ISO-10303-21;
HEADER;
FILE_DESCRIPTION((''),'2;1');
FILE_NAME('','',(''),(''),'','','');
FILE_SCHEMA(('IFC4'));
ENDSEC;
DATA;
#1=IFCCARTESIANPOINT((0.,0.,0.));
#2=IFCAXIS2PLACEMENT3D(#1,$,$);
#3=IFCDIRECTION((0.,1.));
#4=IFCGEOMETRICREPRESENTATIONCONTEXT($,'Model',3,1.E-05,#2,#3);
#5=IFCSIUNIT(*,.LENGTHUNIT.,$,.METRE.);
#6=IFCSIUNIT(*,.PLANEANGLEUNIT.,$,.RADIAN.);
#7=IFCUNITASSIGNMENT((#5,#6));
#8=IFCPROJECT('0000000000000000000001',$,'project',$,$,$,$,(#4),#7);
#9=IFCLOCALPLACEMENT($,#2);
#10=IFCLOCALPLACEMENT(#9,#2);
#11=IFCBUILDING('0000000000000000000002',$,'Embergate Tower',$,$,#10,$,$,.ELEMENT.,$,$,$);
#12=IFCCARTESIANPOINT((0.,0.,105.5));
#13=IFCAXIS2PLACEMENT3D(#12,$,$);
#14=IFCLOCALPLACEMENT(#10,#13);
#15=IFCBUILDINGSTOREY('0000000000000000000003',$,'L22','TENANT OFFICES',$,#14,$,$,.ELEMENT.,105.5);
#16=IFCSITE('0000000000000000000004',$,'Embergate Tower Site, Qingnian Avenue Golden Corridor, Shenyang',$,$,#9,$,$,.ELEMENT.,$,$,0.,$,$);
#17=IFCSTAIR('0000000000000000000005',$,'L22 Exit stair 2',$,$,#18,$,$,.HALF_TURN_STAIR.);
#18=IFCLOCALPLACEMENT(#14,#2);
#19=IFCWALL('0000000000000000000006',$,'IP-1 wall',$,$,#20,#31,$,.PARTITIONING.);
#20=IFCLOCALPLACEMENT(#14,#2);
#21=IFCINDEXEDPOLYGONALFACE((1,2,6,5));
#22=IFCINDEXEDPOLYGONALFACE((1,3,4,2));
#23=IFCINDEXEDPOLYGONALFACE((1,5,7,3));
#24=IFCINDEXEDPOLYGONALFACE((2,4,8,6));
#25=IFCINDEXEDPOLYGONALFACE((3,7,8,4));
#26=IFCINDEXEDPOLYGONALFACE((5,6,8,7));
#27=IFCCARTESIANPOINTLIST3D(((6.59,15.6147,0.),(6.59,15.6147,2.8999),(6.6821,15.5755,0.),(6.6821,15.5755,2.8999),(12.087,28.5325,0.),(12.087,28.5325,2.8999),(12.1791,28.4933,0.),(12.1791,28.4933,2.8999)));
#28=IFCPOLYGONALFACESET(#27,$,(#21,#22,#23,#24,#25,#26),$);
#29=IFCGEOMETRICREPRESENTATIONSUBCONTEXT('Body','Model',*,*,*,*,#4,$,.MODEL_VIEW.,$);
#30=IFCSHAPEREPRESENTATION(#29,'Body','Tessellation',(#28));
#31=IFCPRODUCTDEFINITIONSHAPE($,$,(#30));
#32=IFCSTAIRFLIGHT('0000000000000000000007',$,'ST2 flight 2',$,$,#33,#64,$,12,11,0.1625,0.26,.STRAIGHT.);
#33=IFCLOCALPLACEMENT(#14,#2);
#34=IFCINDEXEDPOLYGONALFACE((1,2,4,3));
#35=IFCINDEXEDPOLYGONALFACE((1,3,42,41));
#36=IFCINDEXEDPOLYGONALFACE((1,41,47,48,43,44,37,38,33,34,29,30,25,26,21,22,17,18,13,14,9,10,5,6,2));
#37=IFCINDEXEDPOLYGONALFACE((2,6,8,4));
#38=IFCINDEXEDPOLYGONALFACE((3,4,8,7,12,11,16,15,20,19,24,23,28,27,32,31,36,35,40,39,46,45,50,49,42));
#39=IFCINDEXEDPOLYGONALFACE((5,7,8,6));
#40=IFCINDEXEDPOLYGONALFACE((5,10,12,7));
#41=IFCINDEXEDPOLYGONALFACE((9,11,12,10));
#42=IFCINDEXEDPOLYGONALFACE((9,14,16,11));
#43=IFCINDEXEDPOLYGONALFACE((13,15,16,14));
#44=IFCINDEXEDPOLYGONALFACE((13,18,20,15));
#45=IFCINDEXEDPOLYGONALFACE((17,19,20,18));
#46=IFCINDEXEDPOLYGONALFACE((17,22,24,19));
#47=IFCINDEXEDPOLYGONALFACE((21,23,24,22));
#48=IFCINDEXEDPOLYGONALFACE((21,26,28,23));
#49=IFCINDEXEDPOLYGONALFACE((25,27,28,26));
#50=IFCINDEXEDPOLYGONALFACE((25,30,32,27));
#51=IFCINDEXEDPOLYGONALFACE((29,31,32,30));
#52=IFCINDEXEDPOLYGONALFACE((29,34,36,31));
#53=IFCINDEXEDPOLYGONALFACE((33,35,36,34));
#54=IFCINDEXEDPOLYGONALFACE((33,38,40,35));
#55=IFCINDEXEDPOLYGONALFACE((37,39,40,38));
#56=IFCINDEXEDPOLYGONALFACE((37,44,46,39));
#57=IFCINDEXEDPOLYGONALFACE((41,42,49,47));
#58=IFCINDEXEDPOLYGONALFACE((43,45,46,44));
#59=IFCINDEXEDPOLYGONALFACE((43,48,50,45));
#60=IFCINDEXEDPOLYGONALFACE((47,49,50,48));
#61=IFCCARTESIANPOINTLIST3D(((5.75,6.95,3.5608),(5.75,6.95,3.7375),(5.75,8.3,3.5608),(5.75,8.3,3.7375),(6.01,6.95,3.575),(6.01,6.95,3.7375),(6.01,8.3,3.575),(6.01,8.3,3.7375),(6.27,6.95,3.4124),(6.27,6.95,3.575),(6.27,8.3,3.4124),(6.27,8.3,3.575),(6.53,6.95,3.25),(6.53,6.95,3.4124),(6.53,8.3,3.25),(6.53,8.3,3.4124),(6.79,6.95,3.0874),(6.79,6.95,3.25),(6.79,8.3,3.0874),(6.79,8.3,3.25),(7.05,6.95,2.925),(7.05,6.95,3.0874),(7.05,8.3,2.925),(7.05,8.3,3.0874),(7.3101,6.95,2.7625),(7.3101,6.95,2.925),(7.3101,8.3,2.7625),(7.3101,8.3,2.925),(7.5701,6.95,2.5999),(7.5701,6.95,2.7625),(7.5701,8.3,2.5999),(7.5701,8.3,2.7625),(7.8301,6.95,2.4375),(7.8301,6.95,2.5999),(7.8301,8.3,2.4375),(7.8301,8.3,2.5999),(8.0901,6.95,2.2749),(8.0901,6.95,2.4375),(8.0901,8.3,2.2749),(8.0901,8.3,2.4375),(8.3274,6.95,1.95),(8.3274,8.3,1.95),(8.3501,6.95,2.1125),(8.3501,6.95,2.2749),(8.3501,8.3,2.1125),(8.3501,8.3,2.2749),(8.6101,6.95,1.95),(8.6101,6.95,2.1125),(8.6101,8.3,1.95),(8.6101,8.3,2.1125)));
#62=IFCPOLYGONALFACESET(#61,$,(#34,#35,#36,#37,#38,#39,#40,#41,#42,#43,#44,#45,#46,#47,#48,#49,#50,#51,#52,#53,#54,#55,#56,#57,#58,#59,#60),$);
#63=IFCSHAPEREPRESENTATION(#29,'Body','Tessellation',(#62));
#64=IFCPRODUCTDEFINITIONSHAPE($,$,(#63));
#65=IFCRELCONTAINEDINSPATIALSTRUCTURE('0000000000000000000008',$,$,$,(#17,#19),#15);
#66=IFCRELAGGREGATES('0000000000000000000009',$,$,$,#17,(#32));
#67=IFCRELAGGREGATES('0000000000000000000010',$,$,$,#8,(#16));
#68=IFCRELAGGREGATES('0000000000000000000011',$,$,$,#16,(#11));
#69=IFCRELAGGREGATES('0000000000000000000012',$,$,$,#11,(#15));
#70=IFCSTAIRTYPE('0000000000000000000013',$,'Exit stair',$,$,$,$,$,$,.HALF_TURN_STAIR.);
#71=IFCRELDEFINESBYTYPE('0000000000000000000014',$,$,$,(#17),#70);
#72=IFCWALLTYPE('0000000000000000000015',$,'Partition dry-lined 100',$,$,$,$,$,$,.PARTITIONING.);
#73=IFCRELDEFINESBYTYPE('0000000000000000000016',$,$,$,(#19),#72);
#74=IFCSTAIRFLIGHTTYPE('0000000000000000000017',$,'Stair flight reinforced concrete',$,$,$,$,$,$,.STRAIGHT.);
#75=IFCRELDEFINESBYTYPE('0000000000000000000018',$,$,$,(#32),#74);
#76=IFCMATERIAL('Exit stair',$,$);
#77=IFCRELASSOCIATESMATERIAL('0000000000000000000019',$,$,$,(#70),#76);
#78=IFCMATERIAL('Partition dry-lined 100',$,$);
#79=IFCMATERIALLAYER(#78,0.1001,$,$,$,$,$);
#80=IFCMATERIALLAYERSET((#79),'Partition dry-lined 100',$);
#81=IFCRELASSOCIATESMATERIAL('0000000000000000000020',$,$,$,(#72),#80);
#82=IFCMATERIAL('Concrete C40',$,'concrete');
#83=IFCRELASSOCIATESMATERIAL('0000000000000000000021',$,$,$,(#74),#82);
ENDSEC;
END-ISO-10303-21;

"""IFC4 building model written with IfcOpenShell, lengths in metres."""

from ifc_helpers import new_model, si_unit, direction, frame, frame_2d, origin, place, context, subcontext, project, spatial, polyline, rectangle, outline, extrude, source, transform, mapped, material, layer, layer_set, type_object, element, aggregate, save


model = new_model("IFC4")

# Units and contexts
model_context = context("Model", 3, precision=1e-05, world=origin(), true_north=direction((0.0, 1.0)))
body_context = subcontext(model_context, "Body", "Model", "MODEL_VIEW")
ifc_project = project(units=[si_unit("LENGTHUNIT", "METRE"), si_unit("PLANEANGLEUNIT", "RADIAN")], contexts=[model_context])

# Site, building, storey
site_placement = place(None, origin())
site = spatial("IfcSite", under=ifc_project, at=site_placement, Name="Embergate Tower Site, Qingnian Avenue Golden Corridor, Shenyang", CompositionType="ELEMENT", RefElevation=0.0)
building_placement = place(site_placement, origin())
building = spatial("IfcBuilding", under=site, at=building_placement, Name="Embergate Tower", CompositionType="ELEMENT")
storey_placement = place(building_placement, frame((0.0, 0.0, 105.5)))
storey = spatial("IfcBuildingStorey", under=building, at=storey_placement, Name="L22", Description="TENANT OFFICES", CompositionType="ELEMENT", Elevation=105.5)

# Stair
ifc_material_1 = material(Name="Exit stair")
stair_type = type_object("IfcStairType", Name="Exit stair", PredefinedType="HALF_TURN_STAIR", material=ifc_material_1)
stair_placement = place(storey_placement, origin())
stair = element("IfcStair", 1, at=stair_placement, inside=storey, type_object=stair_type, Name="L22 Exit stair 2", PredefinedType="HALF_TURN_STAIR")
ifc_material_2 = material(Name="Concrete C40", Category="concrete")

# Wall
ifc_material_3 = material(Name="Partition dry-lined 100")
ifc_layer_1 = layer(ifc_material_3, 0.1001)
ifc_layer_set_1 = layer_set([ifc_layer_1], Name="Partition dry-lined 100")
wall_type_1 = type_object("IfcWallType", Name="Partition dry-lined 100", PredefinedType="PARTITIONING", material=ifc_layer_set_1)
shared_shape_1 = source(origin(), body_context, "Body", "SweptSolid", [
    extrude(rectangle(XDim=14.0388, YDim=0.1001, at=frame_2d((7.0195, 0.0))), origin(), (0.0, 0.0, 1.0), 2.8999),
])
wall_1_placement = place(storey_placement, frame((6.636, 15.595, 0.0), z_axis=(0.0, 0.0, 1.0), x_axis=(0.391559, 0.920153, 0.0)))
element("IfcWall", 2, at=wall_1_placement, inside=storey, type_object=wall_type_1, Name="IP-1 wall", PredefinedType="PARTITIONING", context=body_context, shape_type="MappedRepresentation", body=[
    mapped(shared_shape_1, transform((0.0, 0.0, 0.0))),
])

# Stair flight
stair_flight_type = type_object("IfcStairFlightType", Name="Stair flight reinforced concrete", PredefinedType="STRAIGHT", material=ifc_material_2)
shared_shape_2 = source(origin(), body_context, "Body", "SweptSolid", [
    extrude(outline(polyline([(0.0, 0.0), (0.0, 0.1626), (0.26, 0.1626), (0.26, 0.325), (0.52, 0.325), (0.52, 0.4875), (0.78, 0.4875), (0.78, 0.6499), (1.04, 0.6499), (1.04, 0.8125), (1.3, 0.8125), (1.3, 0.9751), (1.5601, 0.9751), (1.5601, 1.1375), (1.8201, 1.1375), (1.8201, 1.3), (2.0801, 1.3), (2.0801, 1.4624), (2.3401, 1.4624), (2.3401, 1.625), (2.6001, 1.625), (2.6001, 1.7876), (2.8601, 1.7876), (2.8601, 1.95), (2.8601, 1.6108), (0.2827, 0.0), (0.0, 0.0)])), frame((0.0, 0.675, 0.0), z_axis=(0.0, -1.0, 0.0), x_axis=(1.0, 0.0, 0.0)), (0.0, 0.0, 1.0), 1.3501),
])
stair_flight_placement = place(storey_placement, frame((8.6101, 7.625, 1.95), z_axis=(0.0, 0.0, 1.0), x_axis=(-1.0, 0.0, 0.0)))
stair_flight = element("IfcStairFlight", 3, at=stair_flight_placement, type_object=stair_flight_type, Name="ST2 flight 2", NumberOfRisers=12, NumberOfTreads=11, PredefinedType="STRAIGHT", RiserHeight=0.1625, TreadLength=0.26, context=body_context, shape_type="MappedRepresentation", body=[
    mapped(shared_shape_2, transform((0.0, 0.0, 0.0))),
])
aggregate(stair, [stair_flight])

save(model, "model.ifc")
